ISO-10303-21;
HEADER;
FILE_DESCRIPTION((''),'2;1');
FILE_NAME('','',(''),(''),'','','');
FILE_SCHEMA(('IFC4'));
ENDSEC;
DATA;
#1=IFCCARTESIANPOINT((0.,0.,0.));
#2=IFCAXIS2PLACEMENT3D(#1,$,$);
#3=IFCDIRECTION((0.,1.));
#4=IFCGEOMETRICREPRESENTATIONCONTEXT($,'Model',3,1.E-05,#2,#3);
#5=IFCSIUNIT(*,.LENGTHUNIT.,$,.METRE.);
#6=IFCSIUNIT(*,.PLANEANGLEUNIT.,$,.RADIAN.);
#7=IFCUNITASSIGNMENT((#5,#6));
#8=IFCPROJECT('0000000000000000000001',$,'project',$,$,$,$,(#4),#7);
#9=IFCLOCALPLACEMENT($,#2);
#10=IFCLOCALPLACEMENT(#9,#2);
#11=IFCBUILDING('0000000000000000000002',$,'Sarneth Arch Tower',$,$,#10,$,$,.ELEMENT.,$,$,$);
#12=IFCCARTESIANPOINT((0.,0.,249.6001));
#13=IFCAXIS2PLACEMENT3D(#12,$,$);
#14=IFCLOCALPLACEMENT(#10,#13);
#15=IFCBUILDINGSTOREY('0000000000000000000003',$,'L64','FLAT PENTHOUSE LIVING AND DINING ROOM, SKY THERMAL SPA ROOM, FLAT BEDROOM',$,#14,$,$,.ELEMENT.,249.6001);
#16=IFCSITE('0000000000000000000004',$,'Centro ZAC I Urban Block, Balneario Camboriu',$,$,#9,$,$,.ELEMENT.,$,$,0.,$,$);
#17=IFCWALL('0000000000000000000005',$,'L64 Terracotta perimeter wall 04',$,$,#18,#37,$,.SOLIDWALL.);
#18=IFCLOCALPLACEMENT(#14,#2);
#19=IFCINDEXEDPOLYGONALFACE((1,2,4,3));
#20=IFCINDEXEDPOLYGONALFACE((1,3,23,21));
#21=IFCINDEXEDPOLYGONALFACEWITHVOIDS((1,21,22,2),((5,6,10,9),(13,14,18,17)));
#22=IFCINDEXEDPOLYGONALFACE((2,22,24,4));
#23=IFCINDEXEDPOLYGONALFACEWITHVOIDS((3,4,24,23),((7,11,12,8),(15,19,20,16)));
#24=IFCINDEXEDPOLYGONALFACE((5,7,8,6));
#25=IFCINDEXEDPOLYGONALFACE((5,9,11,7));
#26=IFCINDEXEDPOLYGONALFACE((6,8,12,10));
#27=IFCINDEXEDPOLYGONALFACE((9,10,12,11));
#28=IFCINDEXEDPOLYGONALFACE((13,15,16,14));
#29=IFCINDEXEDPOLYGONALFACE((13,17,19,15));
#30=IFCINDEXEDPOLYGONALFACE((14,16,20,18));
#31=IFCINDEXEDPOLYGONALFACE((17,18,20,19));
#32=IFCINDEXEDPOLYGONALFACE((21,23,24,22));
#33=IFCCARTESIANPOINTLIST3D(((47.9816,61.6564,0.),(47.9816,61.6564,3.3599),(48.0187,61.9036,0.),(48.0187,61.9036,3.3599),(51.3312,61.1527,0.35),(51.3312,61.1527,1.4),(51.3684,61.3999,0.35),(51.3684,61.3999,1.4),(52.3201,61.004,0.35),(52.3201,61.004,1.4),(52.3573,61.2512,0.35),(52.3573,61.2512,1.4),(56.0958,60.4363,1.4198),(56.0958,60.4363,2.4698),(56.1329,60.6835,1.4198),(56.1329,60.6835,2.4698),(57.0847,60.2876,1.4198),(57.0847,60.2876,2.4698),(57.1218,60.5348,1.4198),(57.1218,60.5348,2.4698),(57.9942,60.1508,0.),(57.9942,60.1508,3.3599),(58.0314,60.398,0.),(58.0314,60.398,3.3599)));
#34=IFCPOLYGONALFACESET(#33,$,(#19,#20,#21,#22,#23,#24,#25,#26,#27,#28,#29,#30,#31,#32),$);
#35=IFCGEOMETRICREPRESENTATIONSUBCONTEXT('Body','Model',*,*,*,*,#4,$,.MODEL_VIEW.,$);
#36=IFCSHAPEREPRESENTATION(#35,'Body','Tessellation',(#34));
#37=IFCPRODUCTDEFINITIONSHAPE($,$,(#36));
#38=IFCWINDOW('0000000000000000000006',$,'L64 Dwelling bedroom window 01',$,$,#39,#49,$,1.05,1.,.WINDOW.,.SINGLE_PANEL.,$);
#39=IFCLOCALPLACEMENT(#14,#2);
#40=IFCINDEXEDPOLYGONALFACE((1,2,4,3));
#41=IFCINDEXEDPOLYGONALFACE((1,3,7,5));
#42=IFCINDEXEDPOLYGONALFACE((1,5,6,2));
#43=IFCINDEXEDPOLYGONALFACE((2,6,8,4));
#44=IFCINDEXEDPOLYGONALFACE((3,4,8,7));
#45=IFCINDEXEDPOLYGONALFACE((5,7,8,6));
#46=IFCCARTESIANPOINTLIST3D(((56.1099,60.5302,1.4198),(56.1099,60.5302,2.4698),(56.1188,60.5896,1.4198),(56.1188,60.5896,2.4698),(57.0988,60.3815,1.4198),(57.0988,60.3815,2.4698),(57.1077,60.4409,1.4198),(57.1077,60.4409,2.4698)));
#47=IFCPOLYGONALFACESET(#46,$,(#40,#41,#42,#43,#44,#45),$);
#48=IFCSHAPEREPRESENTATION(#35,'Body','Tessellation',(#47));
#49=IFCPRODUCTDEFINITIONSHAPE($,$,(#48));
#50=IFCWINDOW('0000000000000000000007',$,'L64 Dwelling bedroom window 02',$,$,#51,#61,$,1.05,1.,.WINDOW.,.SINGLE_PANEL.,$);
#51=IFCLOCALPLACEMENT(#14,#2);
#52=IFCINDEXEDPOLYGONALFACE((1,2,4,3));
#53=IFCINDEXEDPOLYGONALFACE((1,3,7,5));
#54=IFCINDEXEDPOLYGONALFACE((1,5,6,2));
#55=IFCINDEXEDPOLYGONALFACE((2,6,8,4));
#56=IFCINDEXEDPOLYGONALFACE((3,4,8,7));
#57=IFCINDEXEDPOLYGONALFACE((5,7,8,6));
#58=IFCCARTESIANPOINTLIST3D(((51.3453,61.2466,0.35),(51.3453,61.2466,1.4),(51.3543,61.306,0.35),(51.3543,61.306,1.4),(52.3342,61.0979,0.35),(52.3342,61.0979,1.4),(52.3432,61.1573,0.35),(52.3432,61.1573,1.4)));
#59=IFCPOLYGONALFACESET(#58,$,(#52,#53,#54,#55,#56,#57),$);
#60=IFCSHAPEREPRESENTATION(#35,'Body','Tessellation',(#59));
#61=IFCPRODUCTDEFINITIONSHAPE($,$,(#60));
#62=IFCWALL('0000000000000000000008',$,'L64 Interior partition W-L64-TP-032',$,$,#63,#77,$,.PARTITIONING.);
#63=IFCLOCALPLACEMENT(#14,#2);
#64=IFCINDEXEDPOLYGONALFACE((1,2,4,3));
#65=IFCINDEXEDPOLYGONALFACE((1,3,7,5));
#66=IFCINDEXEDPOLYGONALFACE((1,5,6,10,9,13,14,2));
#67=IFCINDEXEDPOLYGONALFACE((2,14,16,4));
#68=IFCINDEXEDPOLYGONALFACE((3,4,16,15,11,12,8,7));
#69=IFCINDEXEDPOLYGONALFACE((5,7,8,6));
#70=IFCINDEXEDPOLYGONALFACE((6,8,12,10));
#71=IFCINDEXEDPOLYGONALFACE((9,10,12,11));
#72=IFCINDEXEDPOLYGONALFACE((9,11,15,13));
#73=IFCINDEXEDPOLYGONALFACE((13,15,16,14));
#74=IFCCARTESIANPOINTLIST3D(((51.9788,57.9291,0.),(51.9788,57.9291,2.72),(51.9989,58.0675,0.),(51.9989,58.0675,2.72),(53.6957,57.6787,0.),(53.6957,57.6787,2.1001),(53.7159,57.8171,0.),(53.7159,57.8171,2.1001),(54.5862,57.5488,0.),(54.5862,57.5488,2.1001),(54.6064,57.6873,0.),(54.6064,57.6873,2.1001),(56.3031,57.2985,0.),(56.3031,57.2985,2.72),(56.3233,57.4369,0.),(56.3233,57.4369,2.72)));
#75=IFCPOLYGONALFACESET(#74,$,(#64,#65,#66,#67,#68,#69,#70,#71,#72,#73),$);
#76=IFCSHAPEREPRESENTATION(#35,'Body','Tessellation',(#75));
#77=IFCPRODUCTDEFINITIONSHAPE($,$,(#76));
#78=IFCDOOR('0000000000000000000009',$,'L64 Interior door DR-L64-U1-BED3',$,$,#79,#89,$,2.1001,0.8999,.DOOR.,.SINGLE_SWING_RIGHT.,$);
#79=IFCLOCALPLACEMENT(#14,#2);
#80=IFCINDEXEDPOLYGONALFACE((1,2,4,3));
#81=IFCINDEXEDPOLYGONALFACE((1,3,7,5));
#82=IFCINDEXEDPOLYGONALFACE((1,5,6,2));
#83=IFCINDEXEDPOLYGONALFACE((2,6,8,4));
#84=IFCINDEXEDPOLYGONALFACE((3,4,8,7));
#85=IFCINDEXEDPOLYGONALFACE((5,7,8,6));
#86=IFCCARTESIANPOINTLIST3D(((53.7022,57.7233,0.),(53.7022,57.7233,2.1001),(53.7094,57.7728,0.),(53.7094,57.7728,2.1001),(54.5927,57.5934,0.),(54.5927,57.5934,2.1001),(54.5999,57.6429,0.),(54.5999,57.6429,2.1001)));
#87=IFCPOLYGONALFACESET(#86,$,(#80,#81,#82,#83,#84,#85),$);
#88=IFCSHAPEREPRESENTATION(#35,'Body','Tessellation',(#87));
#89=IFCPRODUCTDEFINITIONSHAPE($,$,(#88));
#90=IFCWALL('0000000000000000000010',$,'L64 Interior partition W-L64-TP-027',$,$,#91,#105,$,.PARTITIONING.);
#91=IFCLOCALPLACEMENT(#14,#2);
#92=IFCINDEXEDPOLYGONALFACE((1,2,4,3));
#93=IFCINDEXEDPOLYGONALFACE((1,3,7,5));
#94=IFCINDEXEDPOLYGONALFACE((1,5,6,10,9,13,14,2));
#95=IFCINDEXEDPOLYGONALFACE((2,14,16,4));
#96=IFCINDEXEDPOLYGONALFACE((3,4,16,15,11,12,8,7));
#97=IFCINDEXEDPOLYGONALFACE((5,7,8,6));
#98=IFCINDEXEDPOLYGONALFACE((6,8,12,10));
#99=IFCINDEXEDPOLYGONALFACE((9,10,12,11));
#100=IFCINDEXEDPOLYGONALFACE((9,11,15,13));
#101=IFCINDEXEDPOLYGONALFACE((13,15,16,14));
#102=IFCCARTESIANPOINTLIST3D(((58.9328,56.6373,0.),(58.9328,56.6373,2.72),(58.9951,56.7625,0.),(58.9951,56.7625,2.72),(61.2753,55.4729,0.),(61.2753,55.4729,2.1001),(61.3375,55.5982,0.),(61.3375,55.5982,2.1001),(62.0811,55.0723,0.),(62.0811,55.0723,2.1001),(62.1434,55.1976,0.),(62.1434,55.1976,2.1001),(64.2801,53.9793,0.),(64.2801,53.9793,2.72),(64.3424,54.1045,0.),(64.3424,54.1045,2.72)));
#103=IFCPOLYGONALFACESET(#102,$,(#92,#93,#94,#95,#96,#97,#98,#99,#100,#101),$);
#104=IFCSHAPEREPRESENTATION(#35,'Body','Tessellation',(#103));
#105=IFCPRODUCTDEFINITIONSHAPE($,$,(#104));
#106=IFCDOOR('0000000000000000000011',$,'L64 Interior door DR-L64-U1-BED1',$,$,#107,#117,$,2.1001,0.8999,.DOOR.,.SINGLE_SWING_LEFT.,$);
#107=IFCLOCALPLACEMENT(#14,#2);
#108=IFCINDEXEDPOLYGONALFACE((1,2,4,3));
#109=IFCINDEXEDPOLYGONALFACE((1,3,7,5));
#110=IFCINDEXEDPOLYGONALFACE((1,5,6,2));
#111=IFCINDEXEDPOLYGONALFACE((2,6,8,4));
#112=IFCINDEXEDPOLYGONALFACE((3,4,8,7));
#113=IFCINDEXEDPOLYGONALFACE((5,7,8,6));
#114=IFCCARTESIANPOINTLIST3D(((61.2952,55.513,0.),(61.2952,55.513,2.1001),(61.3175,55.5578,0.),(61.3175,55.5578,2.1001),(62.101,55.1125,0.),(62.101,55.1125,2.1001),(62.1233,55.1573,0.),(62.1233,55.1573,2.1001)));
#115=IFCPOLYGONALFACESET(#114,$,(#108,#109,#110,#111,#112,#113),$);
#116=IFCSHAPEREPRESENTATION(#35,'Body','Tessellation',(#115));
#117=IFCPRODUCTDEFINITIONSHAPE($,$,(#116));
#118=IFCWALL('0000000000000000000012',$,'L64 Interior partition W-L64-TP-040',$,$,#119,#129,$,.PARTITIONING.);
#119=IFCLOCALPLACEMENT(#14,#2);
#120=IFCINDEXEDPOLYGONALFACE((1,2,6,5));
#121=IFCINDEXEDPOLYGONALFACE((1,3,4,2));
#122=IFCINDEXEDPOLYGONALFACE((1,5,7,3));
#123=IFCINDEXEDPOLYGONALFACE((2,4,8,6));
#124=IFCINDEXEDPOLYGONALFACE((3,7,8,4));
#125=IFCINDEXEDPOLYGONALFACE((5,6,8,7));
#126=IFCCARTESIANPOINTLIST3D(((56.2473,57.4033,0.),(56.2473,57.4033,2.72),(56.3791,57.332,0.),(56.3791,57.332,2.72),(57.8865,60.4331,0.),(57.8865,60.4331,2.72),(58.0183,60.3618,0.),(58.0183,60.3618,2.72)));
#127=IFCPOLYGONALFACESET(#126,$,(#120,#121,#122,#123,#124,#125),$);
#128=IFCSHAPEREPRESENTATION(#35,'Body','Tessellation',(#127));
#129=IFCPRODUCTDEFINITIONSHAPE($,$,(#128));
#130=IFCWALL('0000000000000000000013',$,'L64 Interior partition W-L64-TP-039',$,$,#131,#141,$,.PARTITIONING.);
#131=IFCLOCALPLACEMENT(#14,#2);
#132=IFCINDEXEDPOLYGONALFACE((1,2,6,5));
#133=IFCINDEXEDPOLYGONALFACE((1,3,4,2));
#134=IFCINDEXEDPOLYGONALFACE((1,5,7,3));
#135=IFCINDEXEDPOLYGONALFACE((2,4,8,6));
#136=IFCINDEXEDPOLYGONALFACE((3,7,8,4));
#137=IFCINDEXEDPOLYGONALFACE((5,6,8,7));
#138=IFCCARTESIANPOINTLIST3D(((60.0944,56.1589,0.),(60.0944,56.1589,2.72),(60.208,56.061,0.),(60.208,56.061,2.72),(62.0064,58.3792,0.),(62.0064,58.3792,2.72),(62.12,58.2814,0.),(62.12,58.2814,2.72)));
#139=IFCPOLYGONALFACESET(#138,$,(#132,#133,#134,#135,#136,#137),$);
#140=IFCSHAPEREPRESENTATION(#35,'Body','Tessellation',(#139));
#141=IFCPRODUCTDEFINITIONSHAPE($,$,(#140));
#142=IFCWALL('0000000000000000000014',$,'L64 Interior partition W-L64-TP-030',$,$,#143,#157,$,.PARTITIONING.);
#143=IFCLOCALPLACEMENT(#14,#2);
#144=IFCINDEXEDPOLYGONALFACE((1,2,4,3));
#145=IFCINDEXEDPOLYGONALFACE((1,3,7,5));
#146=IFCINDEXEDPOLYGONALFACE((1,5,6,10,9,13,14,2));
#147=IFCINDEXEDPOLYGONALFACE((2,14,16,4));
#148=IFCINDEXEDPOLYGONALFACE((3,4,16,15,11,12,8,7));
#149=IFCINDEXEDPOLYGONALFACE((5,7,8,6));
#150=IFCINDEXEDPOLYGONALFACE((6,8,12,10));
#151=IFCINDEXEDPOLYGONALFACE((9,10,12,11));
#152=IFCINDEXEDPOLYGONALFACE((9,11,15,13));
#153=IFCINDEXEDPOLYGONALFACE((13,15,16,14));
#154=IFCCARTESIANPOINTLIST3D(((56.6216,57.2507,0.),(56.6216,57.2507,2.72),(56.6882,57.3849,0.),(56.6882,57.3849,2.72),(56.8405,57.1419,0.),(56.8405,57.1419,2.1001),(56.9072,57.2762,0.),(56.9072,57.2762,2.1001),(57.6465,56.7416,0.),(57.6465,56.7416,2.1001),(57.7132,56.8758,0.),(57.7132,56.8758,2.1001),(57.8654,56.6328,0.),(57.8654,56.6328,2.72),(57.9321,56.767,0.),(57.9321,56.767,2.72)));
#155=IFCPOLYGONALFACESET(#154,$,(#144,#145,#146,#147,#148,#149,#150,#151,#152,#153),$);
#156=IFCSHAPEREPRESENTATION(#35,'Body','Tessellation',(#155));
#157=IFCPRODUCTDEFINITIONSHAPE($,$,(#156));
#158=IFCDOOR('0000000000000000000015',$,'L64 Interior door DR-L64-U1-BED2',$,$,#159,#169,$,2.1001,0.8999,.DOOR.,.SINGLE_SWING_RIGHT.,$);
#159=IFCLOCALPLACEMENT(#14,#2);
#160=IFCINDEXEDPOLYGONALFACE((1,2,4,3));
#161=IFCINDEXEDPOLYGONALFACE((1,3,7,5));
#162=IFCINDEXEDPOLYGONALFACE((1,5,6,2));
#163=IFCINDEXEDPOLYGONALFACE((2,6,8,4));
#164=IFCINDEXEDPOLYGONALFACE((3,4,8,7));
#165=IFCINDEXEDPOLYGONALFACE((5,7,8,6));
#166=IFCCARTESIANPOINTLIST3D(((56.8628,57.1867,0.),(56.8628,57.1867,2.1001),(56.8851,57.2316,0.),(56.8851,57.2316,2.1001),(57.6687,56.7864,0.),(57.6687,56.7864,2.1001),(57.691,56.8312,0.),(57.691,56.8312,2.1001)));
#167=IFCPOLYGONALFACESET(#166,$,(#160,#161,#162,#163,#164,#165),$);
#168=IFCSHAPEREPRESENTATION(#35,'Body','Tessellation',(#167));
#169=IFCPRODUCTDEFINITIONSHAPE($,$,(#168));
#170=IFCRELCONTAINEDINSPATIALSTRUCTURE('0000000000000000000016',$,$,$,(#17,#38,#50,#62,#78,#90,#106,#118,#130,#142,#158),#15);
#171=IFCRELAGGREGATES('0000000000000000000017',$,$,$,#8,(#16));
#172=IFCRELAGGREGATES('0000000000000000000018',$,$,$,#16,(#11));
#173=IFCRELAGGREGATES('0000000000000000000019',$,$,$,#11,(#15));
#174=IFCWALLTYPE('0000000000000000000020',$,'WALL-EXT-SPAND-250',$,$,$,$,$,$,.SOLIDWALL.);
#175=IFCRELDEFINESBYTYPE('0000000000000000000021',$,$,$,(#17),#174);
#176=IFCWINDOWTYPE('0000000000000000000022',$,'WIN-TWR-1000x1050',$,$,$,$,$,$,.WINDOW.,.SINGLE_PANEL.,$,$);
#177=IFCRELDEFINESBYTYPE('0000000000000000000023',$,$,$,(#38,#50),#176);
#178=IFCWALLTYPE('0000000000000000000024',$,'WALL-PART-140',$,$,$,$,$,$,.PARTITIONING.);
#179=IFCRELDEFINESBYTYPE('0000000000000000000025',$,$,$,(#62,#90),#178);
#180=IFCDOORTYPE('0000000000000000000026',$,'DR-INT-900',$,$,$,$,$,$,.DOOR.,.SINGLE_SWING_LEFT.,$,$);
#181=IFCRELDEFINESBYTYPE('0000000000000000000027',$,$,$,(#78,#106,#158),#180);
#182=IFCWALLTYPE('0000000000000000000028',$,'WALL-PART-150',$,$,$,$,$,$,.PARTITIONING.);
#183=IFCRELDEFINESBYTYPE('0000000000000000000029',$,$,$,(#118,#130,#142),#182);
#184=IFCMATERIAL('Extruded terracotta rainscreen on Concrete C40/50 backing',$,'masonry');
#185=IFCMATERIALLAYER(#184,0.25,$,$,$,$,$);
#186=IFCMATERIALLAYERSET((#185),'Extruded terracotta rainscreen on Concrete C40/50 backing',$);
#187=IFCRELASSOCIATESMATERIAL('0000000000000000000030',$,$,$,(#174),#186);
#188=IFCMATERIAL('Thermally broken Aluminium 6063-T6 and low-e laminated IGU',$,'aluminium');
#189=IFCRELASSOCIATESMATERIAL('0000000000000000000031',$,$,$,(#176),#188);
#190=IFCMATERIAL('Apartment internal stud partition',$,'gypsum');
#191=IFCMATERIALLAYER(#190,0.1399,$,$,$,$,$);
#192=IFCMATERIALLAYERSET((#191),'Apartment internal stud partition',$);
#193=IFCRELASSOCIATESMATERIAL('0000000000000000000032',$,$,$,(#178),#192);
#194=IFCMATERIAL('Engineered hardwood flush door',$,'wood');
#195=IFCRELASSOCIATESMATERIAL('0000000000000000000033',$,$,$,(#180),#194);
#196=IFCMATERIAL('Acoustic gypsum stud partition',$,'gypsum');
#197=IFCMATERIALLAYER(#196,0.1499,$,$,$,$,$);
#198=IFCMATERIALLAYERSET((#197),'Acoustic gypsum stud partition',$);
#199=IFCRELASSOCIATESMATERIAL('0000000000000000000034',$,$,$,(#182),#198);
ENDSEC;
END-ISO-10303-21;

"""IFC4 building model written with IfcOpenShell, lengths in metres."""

from ifc_helpers import new_model, si_unit, direction, frame, frame_2d, origin, place, context, subcontext, project, spatial, rectangle, extrude, material, layer, layer_set, type_object, element, fill, save


model = new_model("IFC4")

# Units and contexts
model_context = context("Model", 3, precision=1e-05, world=origin(), true_north=direction((0.0, 1.0)))
body_context = subcontext(model_context, "Body", "Model", "MODEL_VIEW")
ifc_project = project(units=[si_unit("LENGTHUNIT", "METRE"), si_unit("PLANEANGLEUNIT", "RADIAN")], contexts=[model_context])

# Site, building, storey
site_placement = place(None, origin())
site = spatial("IfcSite", under=ifc_project, at=site_placement, Name="Centro ZAC I Urban Block, Balneario Camboriu", CompositionType="ELEMENT", RefElevation=0.0)
building_placement = place(site_placement, origin())
building = spatial("IfcBuilding", under=site, at=building_placement, Name="Sarneth Arch Tower", CompositionType="ELEMENT")
storey_placement = place(building_placement, frame((0.0, 0.0, 249.6001)))
storey = spatial("IfcBuildingStorey", under=building, at=storey_placement, Name="L64", Description="FLAT PENTHOUSE LIVING AND DINING ROOM, SKY THERMAL SPA ROOM, FLAT BEDROOM", CompositionType="ELEMENT", Elevation=249.6001)

# Wall, openings, windows
ifc_material_1 = material(Name="Extruded terracotta rainscreen on Concrete C40/50 backing", Category="masonry")
ifc_layer_1 = layer(ifc_material_1, 0.25)
ifc_layer_set_1 = layer_set([ifc_layer_1], Name="Extruded terracotta rainscreen on Concrete C40/50 backing")
wall_type_1 = type_object("IfcWallType", Name="WALL-EXT-SPAND-250", PredefinedType="SOLIDWALL", material=ifc_layer_set_1)
wall_1_placement = place(storey_placement, frame((58.0127, 60.2744, 0.0), z_axis=(0.0, 0.0, 1.0), x_axis=(-0.988883, 0.148699, 0.0)))
wall_1 = element("IfcWall", 1, at=wall_1_placement, inside=storey, type_object=wall_type_1, Name="L64 Terracotta perimeter wall 04", PredefinedType="SOLIDWALL", context=body_context, shape_type="SweptSolid", body=[
    extrude(rectangle(XDim=10.1252, YDim=0.25, at=frame_2d((5.0625, 0.0))), origin(), (0.0, 0.0, 1.0), 3.3599),
])
opening_1_placement = place(wall_1_placement, frame((0.9197, 0.0, 1.4199)))
opening_1 = element("IfcOpeningElement", 2, at=opening_1_placement, cuts=wall_1, PredefinedType="OPENING", context=body_context, shape_type="SweptSolid", body=[
    extrude(rectangle(XDim=1.0, YDim=1.05, at=frame_2d((0.5, 0.5249))), frame((0.0, 0.135, 0.0), z_axis=(0.0, -1.0, 0.0), x_axis=(1.0, 0.0, 0.0)), (0.0, 0.0, 1.0), 0.27),
])
opening_2_placement = place(wall_1_placement, frame((5.7378, 0.0, 0.3501)))
opening_2 = element("IfcOpeningElement", 3, at=opening_2_placement, cuts=wall_1, PredefinedType="OPENING", context=body_context, shape_type="SweptSolid", body=[
    extrude(rectangle(XDim=1.0, YDim=1.05, at=frame_2d((0.5, 0.5249))), frame((0.0, 0.135, 0.0), z_axis=(0.0, -1.0, 0.0), x_axis=(1.0, 0.0, 0.0)), (0.0, 0.0, 1.0), 0.27),
])
ifc_material_2 = material(Name="Thermally broken Aluminium 6063-T6 and low-e laminated IGU", Category="aluminium")
window_type = type_object("IfcWindowType", Name="WIN-TWR-1000x1050", PartitioningType="SINGLE_PANEL", PredefinedType="WINDOW", material=ifc_material_2)
window_1_placement = place(opening_1_placement, origin())
window_1 = element("IfcWindow", 4, at=window_1_placement, inside=storey, type_object=window_type, Name="L64 Dwelling bedroom window 01", OverallHeight=1.05, OverallWidth=1.0, PartitioningType="SINGLE_PANEL", PredefinedType="WINDOW", context=body_context, shape_type="SweptSolid", body=[
    extrude(rectangle(XDim=1.0, YDim=1.05, at=frame_2d((0.5, 0.5249))), frame((0.0, 0.03, 0.0), z_axis=(0.0, -1.0, 0.0), x_axis=(1.0, 0.0, 0.0)), (0.0, 0.0, 1.0), 0.0601),
])
fill(opening_1, window_1)
window_2_placement = place(opening_2_placement, origin())
window_2 = element("IfcWindow", 5, at=window_2_placement, inside=storey, type_object=window_type, Name="L64 Dwelling bedroom window 02", OverallHeight=1.05, OverallWidth=1.0, PartitioningType="SINGLE_PANEL", PredefinedType="WINDOW", context=body_context, shape_type="SweptSolid", body=[
    extrude(rectangle(XDim=1.0, YDim=1.05, at=frame_2d((0.5, 0.5249))), frame((0.0, 0.03, 0.0), z_axis=(0.0, -1.0, 0.0), x_axis=(1.0, 0.0, 0.0)), (0.0, 0.0, 1.0), 0.0601),
])
fill(opening_2, window_2)

# Walls, openings, doors
ifc_material_3 = material(Name="Apartment internal stud partition", Category="gypsum")
ifc_layer_2 = layer(ifc_material_3, 0.1399)
ifc_layer_set_2 = layer_set([ifc_layer_2], Name="Apartment internal stud partition")
wall_type_2 = type_object("IfcWallType", Name="WALL-PART-140", PredefinedType="PARTITIONING", material=ifc_layer_set_2)
wall_2_placement = place(storey_placement, frame((56.3132, 57.3677, 0.0), z_axis=(0.0, 0.0, 1.0), x_axis=(-0.989534, 0.144299, 0.0)))
wall_2 = element("IfcWall", 6, at=wall_2_placement, inside=storey, type_object=wall_type_2, Name="L64 Interior partition W-L64-TP-032", PredefinedType="PARTITIONING", context=body_context, shape_type="SweptSolid", body=[
    extrude(rectangle(XDim=4.3701, YDim=0.1399, at=frame_2d((2.1851, 0.0))), origin(), (0.0, 0.0, 1.0), 2.72),
])
opening_3_placement = place(wall_2_placement, frame((1.7351, 0.0, 0.0)))
opening_3 = element("IfcOpeningElement", 7, at=opening_3_placement, cuts=wall_2, PredefinedType="OPENING", context=body_context, shape_type="SweptSolid", body=[
    extrude(rectangle(XDim=0.8999, YDim=2.1001, at=frame_2d((0.45, 1.05))), frame((0.0, 0.0798, 0.0), z_axis=(0.0, -1.0, 0.0), x_axis=(1.0, 0.0, 0.0)), (0.0, 0.0, 1.0), 0.1599),
])
ifc_material_4 = material(Name="Engineered hardwood flush door", Category="wood")
door_type_1 = type_object("IfcDoorType", Name="DR-INT-900", OperationType="SINGLE_SWING_LEFT", PredefinedType="DOOR", material=ifc_material_4)
door_1_placement = place(opening_3_placement, origin())
door_1 = element("IfcDoor", 8, at=door_1_placement, inside=storey, type_object=door_type_1, Name="L64 Interior door DR-L64-U1-BED3", OperationType="SINGLE_SWING_RIGHT", OverallHeight=2.1001, OverallWidth=0.8999, PredefinedType="DOOR", context=body_context, shape_type="SweptSolid", body=[
    extrude(rectangle(XDim=0.8999, YDim=2.1001, at=frame_2d((0.45, 1.05))), frame((0.0, 0.0249, 0.0), z_axis=(0.0, -1.0, 0.0), x_axis=(1.0, 0.0, 0.0)), (0.0, 0.0, 1.0), 0.05),
])
fill(opening_3, door_1)
wall_3_placement = place(storey_placement, frame((58.9639, 56.7, 0.0), z_axis=(0.0, 0.0, 1.0), x_axis=(0.895471, -0.445119, 0.0)))
wall_3 = element("IfcWall", 9, at=wall_3_placement, inside=storey, type_object=wall_type_2, Name="L64 Interior partition W-L64-TP-027", PredefinedType="PARTITIONING", context=body_context, shape_type="SweptSolid", body=[
    extrude(rectangle(XDim=5.9714, YDim=0.1399, at=frame_2d((2.9858, 0.0))), origin(), (0.0, 0.0, 1.0), 2.72),
])
opening_4_placement = place(wall_3_placement, frame((2.616, 0.0, 0.0)))
opening_4 = element("IfcOpeningElement", 10, at=opening_4_placement, cuts=wall_3, PredefinedType="OPENING", context=body_context, shape_type="SweptSolid", body=[
    extrude(rectangle(XDim=0.8999, YDim=2.1001, at=frame_2d((0.45, 1.05))), frame((0.0, 0.0798, 0.0), z_axis=(0.0, -1.0, 0.0), x_axis=(1.0, 0.0, 0.0)), (0.0, 0.0, 1.0), 0.1599),
])
door_2_placement = place(opening_4_placement, origin())
door_2 = element("IfcDoor", 11, at=door_2_placement, inside=storey, type_object=door_type_1, Name="L64 Interior door DR-L64-U1-BED1", OperationType="SINGLE_SWING_LEFT", OverallHeight=2.1001, OverallWidth=0.8999, PredefinedType="DOOR", context=body_context, shape_type="SweptSolid", body=[
    extrude(rectangle(XDim=0.8999, YDim=2.1001, at=frame_2d((0.45, 1.05))), frame((0.0, 0.0249, 0.0), z_axis=(0.0, -1.0, 0.0), x_axis=(1.0, 0.0, 0.0)), (0.0, 0.0, 1.0), 0.05),
])
fill(opening_4, door_2)

# Walls
ifc_material_5 = material(Name="Acoustic gypsum stud partition", Category="gypsum")
ifc_layer_3 = layer(ifc_material_5, 0.1499)
ifc_layer_set_3 = layer_set([ifc_layer_3], Name="Acoustic gypsum stud partition")
wall_type_3 = type_object("IfcWallType", Name="WALL-PART-150", PredefinedType="PARTITIONING", material=ifc_layer_set_3)
wall_4_placement = place(storey_placement, frame((57.9524, 60.3975, 0.0), z_axis=(0.0, 0.0, 1.0), x_axis=(-0.47584, -0.879532, 0.0)))
element("IfcWall", 12, at=wall_4_placement, inside=storey, type_object=wall_type_3, Name="L64 Interior partition W-L64-TP-040", PredefinedType="PARTITIONING", context=body_context, shape_type="SweptSolid", body=[
    extrude(rectangle(XDim=3.4448, YDim=0.1499, at=frame_2d((1.7224, 0.0))), origin(), (0.0, 0.0, 1.0), 2.72),
])
wall_5_placement = place(storey_placement, frame((62.0632, 58.3303, 0.0), z_axis=(0.0, 0.0, 1.0), x_axis=(-0.652532, -0.757761, 0.0)))
element("IfcWall", 13, at=wall_5_placement, inside=storey, type_object=wall_type_3, Name="L64 Interior partition W-L64-TP-039", PredefinedType="PARTITIONING", context=body_context, shape_type="SweptSolid", body=[
    extrude(rectangle(XDim=2.9302, YDim=0.1499, at=frame_2d((1.4651, 0.0))), origin(), (0.0, 0.0, 1.0), 2.72),
])

# Wall, opening, door
wall_6_placement = place(storey_placement, frame((57.8987, 56.7, 0.0), z_axis=(0.0, 0.0, 1.0), x_axis=(-0.895584, 0.444892, 0.0)))
wall_6 = element("IfcWall", 14, at=wall_6_placement, inside=storey, type_object=wall_type_3, Name="L64 Interior partition W-L64-TP-030", PredefinedType="PARTITIONING", context=body_context, shape_type="SweptSolid", body=[
    extrude(rectangle(XDim=1.3889, YDim=0.1499, at=frame_2d((0.6943, 0.0))), origin(), (0.0, 0.0, 1.0), 2.72),
])
opening_5_placement = place(wall_6_placement, frame((0.2444, 0.0, 0.0)))
opening_5 = element("IfcOpeningElement", 15, at=opening_5_placement, cuts=wall_6, PredefinedType="OPENING", context=body_context, shape_type="SweptSolid", body=[
    extrude(rectangle(XDim=0.8999, YDim=2.1001, at=frame_2d((0.45, 1.05))), frame((0.0, 0.085, 0.0), z_axis=(0.0, -1.0, 0.0), x_axis=(1.0, 0.0, 0.0)), (0.0, 0.0, 1.0), 0.1699),
])
door_3_placement = place(opening_5_placement, origin())
door_3 = element("IfcDoor", 16, at=door_3_placement, inside=storey, type_object=door_type_1, Name="L64 Interior door DR-L64-U1-BED2", OperationType="SINGLE_SWING_RIGHT", OverallHeight=2.1001, OverallWidth=0.8999, PredefinedType="DOOR", context=body_context, shape_type="SweptSolid", body=[
    extrude(rectangle(XDim=0.8999, YDim=2.1001, at=frame_2d((0.45, 1.05))), frame((0.0, 0.0249, 0.0), z_axis=(0.0, -1.0, 0.0), x_axis=(1.0, 0.0, 0.0)), (0.0, 0.0, 1.0), 0.05),
])
fill(opening_5, door_3)

save(model, "model.ifc")
